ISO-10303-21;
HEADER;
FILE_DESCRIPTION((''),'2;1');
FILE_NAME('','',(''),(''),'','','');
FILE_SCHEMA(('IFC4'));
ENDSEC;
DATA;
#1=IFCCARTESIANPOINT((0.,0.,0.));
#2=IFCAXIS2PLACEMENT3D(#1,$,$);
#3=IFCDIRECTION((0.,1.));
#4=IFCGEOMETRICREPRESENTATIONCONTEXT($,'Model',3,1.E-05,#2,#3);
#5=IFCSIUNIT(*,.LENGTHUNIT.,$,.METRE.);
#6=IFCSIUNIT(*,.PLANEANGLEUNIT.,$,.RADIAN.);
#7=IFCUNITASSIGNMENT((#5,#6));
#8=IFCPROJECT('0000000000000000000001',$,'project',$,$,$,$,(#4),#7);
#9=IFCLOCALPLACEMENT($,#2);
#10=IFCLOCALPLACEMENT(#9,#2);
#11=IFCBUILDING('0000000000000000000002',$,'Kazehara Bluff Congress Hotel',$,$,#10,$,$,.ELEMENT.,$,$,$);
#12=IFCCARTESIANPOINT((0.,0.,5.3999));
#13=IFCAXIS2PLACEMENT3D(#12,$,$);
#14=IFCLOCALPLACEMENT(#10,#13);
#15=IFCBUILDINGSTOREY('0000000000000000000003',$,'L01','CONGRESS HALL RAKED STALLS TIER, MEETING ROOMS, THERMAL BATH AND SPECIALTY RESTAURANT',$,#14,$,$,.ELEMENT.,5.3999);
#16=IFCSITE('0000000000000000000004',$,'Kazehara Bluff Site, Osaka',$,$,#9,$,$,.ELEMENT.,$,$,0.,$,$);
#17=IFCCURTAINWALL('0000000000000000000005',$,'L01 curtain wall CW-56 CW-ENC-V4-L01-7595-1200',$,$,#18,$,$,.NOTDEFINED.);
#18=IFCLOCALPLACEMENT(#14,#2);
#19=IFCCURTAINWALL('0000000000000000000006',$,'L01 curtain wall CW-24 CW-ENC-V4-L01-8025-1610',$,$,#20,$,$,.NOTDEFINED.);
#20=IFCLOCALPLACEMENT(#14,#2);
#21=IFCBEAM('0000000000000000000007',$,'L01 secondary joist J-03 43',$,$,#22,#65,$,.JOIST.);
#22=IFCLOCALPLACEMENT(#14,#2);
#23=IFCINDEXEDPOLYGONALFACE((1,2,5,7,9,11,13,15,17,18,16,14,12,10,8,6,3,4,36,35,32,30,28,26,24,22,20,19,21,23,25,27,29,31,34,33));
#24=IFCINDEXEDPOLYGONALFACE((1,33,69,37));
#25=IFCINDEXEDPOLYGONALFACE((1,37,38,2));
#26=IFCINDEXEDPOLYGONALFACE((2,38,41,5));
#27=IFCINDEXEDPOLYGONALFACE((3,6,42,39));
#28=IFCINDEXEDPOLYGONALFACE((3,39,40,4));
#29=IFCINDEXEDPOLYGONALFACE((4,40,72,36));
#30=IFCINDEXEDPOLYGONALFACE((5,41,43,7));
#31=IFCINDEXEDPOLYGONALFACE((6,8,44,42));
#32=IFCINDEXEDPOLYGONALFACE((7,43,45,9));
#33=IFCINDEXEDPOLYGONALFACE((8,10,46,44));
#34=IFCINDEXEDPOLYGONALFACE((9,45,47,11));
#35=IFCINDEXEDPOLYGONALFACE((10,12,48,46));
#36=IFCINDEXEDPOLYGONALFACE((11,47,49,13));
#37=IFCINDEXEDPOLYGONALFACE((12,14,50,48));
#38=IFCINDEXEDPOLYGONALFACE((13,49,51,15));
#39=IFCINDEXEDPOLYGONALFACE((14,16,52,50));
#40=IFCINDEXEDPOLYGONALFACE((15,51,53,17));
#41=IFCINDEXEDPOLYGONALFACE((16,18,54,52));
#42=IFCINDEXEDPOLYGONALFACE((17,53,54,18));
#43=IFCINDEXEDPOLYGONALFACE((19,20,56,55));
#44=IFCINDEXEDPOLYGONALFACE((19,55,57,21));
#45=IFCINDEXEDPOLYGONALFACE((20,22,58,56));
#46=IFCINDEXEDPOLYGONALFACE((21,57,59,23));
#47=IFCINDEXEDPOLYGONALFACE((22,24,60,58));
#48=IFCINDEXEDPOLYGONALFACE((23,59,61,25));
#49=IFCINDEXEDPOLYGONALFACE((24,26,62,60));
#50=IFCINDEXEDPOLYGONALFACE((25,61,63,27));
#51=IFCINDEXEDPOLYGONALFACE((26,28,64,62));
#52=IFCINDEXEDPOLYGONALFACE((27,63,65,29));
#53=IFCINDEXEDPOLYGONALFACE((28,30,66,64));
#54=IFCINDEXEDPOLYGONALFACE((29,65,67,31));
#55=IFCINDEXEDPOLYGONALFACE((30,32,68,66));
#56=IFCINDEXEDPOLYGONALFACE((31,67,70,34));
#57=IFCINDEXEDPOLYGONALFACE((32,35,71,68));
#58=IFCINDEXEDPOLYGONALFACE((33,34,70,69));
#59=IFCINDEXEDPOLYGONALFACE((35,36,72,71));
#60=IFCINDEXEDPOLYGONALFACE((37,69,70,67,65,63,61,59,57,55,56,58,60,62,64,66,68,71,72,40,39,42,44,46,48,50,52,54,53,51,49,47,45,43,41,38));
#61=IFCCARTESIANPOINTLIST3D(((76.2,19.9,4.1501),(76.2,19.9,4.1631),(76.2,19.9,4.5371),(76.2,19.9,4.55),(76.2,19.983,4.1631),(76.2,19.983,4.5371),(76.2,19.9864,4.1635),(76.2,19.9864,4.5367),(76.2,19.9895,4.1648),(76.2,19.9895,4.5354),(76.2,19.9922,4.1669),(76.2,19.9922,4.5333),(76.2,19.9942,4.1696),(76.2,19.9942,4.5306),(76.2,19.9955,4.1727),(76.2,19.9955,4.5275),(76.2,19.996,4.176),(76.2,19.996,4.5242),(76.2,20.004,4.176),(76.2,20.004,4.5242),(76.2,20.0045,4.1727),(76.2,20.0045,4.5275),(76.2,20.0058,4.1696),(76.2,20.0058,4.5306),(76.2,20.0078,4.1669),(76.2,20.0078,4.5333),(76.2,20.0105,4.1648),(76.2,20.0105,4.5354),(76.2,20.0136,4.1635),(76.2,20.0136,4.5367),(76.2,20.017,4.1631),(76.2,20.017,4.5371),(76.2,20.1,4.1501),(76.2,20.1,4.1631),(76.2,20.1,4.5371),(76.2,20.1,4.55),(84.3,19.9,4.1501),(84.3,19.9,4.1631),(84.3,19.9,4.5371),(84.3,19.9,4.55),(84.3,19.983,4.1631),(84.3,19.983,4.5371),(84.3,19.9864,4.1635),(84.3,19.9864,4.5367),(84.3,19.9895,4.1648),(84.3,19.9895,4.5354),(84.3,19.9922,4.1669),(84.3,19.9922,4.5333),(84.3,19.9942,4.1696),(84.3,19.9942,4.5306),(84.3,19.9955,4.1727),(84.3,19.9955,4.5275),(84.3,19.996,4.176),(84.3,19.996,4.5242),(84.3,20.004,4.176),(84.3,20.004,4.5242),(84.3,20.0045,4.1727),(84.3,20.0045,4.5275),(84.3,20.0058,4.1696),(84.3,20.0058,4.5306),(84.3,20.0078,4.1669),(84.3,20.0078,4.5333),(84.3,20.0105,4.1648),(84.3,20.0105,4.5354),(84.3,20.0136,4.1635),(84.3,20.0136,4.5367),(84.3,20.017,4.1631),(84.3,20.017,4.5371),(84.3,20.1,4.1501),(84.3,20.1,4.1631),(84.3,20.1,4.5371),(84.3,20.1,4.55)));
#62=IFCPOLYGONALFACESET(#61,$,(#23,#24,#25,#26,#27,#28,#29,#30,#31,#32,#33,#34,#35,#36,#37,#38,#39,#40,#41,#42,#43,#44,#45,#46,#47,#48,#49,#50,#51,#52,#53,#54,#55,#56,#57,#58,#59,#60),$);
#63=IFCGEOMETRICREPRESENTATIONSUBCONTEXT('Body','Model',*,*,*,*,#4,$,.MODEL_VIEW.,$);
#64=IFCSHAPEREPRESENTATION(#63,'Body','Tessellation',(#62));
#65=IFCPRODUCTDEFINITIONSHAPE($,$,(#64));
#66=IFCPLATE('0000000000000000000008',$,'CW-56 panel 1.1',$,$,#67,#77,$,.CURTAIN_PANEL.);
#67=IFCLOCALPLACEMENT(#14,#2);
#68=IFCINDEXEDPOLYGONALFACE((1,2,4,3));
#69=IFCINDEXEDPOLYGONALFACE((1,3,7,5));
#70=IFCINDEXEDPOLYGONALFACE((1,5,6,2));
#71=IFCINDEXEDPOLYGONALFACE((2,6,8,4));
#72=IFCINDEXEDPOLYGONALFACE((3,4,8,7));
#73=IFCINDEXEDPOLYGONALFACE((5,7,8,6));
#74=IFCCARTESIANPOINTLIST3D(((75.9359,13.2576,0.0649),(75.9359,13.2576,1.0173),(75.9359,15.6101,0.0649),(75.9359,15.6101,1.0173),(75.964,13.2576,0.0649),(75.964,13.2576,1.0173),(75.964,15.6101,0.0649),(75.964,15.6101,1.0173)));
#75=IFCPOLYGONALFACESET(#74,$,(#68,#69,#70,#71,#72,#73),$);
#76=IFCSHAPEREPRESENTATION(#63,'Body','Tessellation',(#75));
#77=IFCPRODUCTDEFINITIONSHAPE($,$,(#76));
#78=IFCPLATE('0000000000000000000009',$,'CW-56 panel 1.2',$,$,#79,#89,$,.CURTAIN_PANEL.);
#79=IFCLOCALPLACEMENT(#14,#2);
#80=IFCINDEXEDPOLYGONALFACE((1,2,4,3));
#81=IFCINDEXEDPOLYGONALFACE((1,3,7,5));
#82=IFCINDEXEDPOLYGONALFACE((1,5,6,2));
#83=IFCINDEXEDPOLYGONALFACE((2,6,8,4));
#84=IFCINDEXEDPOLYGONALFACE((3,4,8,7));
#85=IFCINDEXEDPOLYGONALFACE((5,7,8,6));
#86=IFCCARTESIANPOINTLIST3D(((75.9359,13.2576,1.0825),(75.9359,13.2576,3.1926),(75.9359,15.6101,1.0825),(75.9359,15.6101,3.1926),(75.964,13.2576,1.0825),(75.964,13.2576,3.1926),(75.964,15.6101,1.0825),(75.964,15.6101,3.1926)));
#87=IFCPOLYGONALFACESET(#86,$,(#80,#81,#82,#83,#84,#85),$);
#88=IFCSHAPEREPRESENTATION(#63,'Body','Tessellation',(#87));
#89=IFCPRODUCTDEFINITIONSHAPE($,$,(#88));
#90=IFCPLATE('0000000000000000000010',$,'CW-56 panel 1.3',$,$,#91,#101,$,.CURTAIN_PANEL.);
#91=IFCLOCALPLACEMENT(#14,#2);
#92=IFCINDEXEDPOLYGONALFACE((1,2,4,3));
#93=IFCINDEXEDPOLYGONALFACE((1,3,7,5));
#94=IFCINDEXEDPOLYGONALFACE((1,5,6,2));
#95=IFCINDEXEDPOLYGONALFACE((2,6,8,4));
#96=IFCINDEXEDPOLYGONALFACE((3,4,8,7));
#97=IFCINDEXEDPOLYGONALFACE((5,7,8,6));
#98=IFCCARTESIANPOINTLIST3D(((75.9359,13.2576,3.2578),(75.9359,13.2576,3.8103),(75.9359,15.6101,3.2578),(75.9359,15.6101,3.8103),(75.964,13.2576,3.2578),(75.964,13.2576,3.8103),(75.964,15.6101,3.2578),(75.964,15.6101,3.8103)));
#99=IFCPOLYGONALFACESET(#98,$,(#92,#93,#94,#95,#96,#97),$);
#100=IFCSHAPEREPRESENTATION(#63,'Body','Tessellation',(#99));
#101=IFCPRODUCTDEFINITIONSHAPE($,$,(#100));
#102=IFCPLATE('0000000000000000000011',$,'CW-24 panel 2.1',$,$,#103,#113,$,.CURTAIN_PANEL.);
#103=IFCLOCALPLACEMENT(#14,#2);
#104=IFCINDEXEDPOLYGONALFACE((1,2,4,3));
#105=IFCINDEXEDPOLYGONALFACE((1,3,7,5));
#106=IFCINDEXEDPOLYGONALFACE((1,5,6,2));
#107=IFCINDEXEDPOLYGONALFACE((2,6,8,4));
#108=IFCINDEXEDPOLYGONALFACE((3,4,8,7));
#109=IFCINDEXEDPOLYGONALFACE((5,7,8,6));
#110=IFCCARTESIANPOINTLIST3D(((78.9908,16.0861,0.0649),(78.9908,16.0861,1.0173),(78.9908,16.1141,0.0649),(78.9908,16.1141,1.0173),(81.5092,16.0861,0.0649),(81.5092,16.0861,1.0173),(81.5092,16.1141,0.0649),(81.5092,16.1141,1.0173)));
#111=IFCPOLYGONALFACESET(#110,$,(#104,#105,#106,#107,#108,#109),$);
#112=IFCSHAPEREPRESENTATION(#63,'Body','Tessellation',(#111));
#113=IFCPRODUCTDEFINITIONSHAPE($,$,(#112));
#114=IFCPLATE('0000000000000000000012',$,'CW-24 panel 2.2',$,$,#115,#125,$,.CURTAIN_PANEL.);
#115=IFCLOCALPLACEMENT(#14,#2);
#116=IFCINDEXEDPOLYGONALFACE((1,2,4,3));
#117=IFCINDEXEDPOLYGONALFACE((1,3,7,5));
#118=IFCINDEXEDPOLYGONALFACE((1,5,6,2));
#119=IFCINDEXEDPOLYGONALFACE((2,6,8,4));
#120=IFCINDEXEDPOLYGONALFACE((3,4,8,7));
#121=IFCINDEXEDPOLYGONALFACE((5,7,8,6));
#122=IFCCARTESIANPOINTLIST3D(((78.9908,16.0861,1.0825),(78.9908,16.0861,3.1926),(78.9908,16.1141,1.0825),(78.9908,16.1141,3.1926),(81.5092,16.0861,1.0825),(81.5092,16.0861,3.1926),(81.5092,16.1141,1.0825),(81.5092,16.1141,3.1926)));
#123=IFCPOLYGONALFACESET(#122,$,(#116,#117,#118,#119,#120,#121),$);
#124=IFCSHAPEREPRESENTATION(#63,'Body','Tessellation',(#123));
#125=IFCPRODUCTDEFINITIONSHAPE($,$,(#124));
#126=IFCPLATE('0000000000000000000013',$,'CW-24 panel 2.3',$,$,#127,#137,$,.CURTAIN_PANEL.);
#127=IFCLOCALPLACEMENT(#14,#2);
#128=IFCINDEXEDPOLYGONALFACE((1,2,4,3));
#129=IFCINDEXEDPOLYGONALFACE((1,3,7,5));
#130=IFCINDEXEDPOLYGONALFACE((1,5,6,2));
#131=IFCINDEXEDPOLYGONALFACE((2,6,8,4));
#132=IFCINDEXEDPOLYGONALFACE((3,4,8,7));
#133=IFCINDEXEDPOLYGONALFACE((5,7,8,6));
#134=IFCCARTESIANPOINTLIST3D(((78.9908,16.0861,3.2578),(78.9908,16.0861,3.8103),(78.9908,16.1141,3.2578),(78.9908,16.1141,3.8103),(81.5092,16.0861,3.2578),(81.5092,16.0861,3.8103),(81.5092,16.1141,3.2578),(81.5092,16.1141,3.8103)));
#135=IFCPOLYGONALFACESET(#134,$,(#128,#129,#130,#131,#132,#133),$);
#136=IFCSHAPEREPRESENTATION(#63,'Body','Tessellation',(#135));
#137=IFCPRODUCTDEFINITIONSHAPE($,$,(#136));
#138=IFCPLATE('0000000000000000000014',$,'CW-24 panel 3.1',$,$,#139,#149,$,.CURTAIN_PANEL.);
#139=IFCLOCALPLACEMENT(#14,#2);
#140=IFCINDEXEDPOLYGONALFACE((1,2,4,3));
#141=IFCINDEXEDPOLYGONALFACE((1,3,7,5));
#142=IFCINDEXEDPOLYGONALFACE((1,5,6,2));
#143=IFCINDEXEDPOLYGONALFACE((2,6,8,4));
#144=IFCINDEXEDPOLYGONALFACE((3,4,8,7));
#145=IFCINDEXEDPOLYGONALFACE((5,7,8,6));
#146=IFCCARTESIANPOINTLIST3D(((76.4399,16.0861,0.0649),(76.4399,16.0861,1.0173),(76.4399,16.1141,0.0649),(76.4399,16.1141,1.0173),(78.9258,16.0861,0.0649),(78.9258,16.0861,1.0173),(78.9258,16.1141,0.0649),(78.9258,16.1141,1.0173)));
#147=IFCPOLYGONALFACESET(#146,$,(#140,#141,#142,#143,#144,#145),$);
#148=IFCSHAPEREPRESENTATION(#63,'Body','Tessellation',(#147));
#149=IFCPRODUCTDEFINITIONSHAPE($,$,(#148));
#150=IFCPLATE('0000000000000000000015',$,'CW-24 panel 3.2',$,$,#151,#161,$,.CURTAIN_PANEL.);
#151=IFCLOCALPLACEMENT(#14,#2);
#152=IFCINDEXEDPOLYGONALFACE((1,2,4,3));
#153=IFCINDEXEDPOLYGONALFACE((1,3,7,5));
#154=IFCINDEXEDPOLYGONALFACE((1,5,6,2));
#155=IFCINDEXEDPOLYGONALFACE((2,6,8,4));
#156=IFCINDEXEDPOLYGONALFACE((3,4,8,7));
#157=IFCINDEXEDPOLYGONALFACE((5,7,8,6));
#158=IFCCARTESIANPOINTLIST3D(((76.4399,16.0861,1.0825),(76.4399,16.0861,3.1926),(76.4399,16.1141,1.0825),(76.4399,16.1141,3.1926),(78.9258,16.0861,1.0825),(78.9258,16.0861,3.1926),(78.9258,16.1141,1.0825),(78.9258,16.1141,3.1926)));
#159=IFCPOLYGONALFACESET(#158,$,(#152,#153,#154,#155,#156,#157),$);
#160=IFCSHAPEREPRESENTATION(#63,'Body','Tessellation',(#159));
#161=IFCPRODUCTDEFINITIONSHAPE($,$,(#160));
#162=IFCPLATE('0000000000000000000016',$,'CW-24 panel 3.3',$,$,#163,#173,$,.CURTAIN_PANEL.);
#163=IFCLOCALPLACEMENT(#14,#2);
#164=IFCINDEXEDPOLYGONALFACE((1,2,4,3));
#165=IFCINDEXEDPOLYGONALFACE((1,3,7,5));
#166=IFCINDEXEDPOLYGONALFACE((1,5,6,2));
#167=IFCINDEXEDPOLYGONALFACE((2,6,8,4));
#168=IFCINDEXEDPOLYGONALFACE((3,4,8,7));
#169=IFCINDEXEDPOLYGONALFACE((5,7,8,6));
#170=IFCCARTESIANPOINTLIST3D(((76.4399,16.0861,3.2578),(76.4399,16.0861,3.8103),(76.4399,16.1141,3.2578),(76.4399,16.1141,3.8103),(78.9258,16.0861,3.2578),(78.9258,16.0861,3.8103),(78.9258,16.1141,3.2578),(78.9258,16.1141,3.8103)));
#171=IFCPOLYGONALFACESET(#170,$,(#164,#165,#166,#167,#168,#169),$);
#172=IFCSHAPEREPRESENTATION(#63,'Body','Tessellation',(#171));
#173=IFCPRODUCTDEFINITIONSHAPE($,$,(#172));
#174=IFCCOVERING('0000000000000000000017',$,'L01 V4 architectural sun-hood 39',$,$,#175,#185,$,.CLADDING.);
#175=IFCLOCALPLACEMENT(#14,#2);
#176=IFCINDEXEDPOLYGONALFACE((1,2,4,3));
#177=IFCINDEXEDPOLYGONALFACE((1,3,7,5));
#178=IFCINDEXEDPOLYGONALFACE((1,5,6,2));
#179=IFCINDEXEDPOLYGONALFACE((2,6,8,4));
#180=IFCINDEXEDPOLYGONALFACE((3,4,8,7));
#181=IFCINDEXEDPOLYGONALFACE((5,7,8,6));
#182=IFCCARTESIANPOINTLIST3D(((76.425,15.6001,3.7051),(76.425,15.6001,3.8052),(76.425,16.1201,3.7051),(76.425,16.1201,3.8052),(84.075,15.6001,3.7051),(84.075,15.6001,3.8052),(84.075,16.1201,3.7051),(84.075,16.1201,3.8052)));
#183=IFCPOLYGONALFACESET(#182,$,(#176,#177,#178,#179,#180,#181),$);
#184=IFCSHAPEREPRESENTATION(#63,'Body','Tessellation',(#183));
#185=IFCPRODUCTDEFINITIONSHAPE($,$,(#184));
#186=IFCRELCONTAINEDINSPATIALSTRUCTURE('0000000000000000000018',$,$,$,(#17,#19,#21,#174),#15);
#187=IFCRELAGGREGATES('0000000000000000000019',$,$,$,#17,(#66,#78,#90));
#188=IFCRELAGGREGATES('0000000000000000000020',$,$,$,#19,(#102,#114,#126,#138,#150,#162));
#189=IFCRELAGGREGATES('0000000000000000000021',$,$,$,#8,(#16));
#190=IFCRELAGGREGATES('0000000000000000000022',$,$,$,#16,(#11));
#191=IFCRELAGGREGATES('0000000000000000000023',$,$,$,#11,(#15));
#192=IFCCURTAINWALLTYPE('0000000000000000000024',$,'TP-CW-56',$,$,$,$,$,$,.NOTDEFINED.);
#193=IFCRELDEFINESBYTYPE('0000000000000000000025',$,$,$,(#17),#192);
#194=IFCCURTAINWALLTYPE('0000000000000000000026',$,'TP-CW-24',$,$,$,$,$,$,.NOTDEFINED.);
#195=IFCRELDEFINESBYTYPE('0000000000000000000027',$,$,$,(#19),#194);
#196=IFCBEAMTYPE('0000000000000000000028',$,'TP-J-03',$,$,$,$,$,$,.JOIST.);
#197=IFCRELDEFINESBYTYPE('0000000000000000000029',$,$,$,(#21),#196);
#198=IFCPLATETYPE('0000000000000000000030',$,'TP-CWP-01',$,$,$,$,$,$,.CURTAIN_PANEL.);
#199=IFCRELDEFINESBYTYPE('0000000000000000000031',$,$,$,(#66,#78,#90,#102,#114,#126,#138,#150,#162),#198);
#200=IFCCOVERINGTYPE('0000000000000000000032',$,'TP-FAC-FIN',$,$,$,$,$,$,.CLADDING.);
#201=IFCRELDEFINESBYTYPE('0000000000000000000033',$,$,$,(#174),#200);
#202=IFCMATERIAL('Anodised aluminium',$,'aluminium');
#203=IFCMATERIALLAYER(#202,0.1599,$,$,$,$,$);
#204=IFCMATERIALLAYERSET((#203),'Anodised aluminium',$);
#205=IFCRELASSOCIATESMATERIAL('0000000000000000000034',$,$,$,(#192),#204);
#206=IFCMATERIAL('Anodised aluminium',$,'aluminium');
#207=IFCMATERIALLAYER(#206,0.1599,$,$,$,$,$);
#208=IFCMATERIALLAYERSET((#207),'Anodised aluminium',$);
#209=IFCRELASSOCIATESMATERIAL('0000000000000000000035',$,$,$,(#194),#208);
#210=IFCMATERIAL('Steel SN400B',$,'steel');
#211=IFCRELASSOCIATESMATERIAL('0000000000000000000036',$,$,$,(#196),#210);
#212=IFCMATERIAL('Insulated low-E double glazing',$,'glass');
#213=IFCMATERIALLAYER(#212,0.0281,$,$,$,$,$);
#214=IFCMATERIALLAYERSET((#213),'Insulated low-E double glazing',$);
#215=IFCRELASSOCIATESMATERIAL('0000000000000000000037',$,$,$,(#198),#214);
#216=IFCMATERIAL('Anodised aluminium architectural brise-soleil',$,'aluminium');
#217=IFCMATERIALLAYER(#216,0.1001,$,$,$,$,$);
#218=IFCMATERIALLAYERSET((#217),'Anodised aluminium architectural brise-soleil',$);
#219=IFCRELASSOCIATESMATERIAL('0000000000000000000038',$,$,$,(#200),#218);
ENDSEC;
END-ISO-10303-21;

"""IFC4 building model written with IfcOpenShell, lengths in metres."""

from ifc_helpers import new_model, si_unit, direction, frame, origin, origin_2d, place, context, subcontext, project, spatial, rectangle, i_section, extrude, material, layer, layer_set, material_profile, profile_set, type_object, element, aggregate, save


model = new_model("IFC4")

# Units and contexts
model_context = context("Model", 3, precision=1e-05, world=origin(), true_north=direction((0.0, 1.0)))
body_context = subcontext(model_context, "Body", "Model", "MODEL_VIEW")
ifc_project = project(units=[si_unit("LENGTHUNIT", "METRE"), si_unit("PLANEANGLEUNIT", "RADIAN")], contexts=[model_context])

# Site, building, storey
site_placement = place(None, origin())
site = spatial("IfcSite", under=ifc_project, at=site_placement, Name="Kazehara Bluff Site, Osaka", CompositionType="ELEMENT", RefElevation=0.0)
building_placement = place(site_placement, origin())
building = spatial("IfcBuilding", under=site, at=building_placement, Name="Kazehara Bluff Congress Hotel", CompositionType="ELEMENT")
storey_placement = place(building_placement, frame((0.0, 0.0, 5.3999)))
storey = spatial("IfcBuildingStorey", under=building, at=storey_placement, Name="L01", Description="CONGRESS HALL RAKED STALLS TIER, MEETING ROOMS, THERMAL BATH AND SPECIALTY RESTAURANT", CompositionType="ELEMENT", Elevation=5.3999)

# Curtain walls
ifc_material_1 = material(Name="Anodised aluminium", Category="aluminium")
ifc_layer_1 = layer(ifc_material_1, 0.1599)
ifc_layer_set_1 = layer_set([ifc_layer_1], Name="Anodised aluminium")
curtain_wall_type_1 = type_object("IfcCurtainWallType", Name="TP-CW-56", PredefinedType="NOTDEFINED", material=ifc_layer_set_1)
curtain_wall_1_placement = place(storey_placement, origin())
curtain_wall_1 = element("IfcCurtainWall", 1, at=curtain_wall_1_placement, inside=storey, type_object=curtain_wall_type_1, Name="L01 curtain wall CW-56 CW-ENC-V4-L01-7595-1200", PredefinedType="NOTDEFINED")
ifc_material_2 = material(Name="Anodised aluminium", Category="aluminium")
ifc_layer_2 = layer(ifc_material_2, 0.1599)
ifc_layer_set_2 = layer_set([ifc_layer_2], Name="Anodised aluminium")
curtain_wall_type_2 = type_object("IfcCurtainWallType", Name="TP-CW-24", PredefinedType="NOTDEFINED", material=ifc_layer_set_2)
curtain_wall_2_placement = place(storey_placement, origin())
curtain_wall_2 = element("IfcCurtainWall", 2, at=curtain_wall_2_placement, inside=storey, type_object=curtain_wall_type_2, Name="L01 curtain wall CW-24 CW-ENC-V4-L01-8025-1610", PredefinedType="NOTDEFINED")

# Beam
ifc_material_3 = material(Name="Steel SN400B", Category="steel")
ifc_material_profile_1 = material_profile(ifc_material_3, i_section(OverallWidth=0.2, OverallDepth=0.3999, WebThickness=0.0081, FlangeThickness=0.0129, FilletRadius=0.0129, at=origin_2d()))
ifc_profile_set_1 = profile_set([ifc_material_profile_1], Name="Steel SN400B")
beam_type_1 = type_object("IfcBeamType", Name="TP-J-03", PredefinedType="JOIST", material=ifc_profile_set_1)
beam_1_placement = place(storey_placement, frame((76.2, 20.0, 4.3501), z_axis=(1.0, 0.0, 0.0), x_axis=(0.0, 1.0, 0.0)))
element("IfcBeam", 3, at=beam_1_placement, inside=storey, type_object=beam_type_1, Name="L01 secondary joist J-03 43", PredefinedType="JOIST", context=body_context, shape_type="SweptSolid", body=[
    extrude(i_section(OverallWidth=0.2, OverallDepth=0.3999, WebThickness=0.0081, FlangeThickness=0.0129, FilletRadius=0.0129, at=origin_2d()), origin(), (0.0, 0.0, 1.0), 8.1001),
])

# Plates
ifc_material_4 = material(Name="Insulated low-E double glazing", Category="glass")
ifc_layer_3 = layer(ifc_material_4, 0.0281)
ifc_layer_set_3 = layer_set([ifc_layer_3], Name="Insulated low-E double glazing")
plate_type = type_object("IfcPlateType", Name="TP-CWP-01", PredefinedType="CURTAIN_PANEL", material=ifc_layer_set_3)
plate_1_placement = place(storey_placement, frame((75.95, 14.4338, 0.0649), z_axis=(0.0, 0.0, 1.0), x_axis=(0.0, -1.0, 0.0)))
plate_1 = element("IfcPlate", 4, at=plate_1_placement, type_object=plate_type, Name="CW-56 panel 1.1", PredefinedType="CURTAIN_PANEL", context=body_context, shape_type="SweptSolid", body=[
    extrude(rectangle(XDim=2.3525, YDim=0.0281, at=origin_2d()), origin(), (0.0, 0.0, 1.0), 0.9524),
])
plate_2_placement = place(storey_placement, frame((75.95, 14.4338, 1.0825), z_axis=(0.0, 0.0, 1.0), x_axis=(0.0, -1.0, 0.0)))
plate_2 = element("IfcPlate", 5, at=plate_2_placement, type_object=plate_type, Name="CW-56 panel 1.2", PredefinedType="CURTAIN_PANEL", context=body_context, shape_type="SweptSolid", body=[
    extrude(rectangle(XDim=2.3525, YDim=0.0281, at=origin_2d()), origin(), (0.0, 0.0, 1.0), 2.1101),
])
plate_3_placement = place(storey_placement, frame((75.95, 14.4338, 3.2578), z_axis=(0.0, 0.0, 1.0), x_axis=(0.0, -1.0, 0.0)))
plate_3 = element("IfcPlate", 6, at=plate_3_placement, type_object=plate_type, Name="CW-56 panel 1.3", PredefinedType="CURTAIN_PANEL", context=body_context, shape_type="SweptSolid", body=[
    extrude(rectangle(XDim=2.3525, YDim=0.0281, at=origin_2d()), origin(), (0.0, 0.0, 1.0), 0.5525),
])
aggregate(curtain_wall_1, [plate_1, plate_2, plate_3])
plate_4_placement = place(storey_placement, frame((80.25, 16.1001, 0.0649), z_axis=(0.0, 0.0, 1.0), x_axis=(-1.0, 0.0, 0.0)))
plate_4 = element("IfcPlate", 7, at=plate_4_placement, type_object=plate_type, Name="CW-24 panel 2.1", PredefinedType="CURTAIN_PANEL", context=body_context, shape_type="SweptSolid", body=[
    extrude(rectangle(XDim=2.5183, YDim=0.0281, at=origin_2d()), origin(), (0.0, 0.0, 1.0), 0.9524),
])
plate_5_placement = place(storey_placement, frame((80.25, 16.1001, 1.0825), z_axis=(0.0, 0.0, 1.0), x_axis=(-1.0, 0.0, 0.0)))
plate_5 = element("IfcPlate", 8, at=plate_5_placement, type_object=plate_type, Name="CW-24 panel 2.2", PredefinedType="CURTAIN_PANEL", context=body_context, shape_type="SweptSolid", body=[
    extrude(rectangle(XDim=2.5183, YDim=0.0281, at=origin_2d()), origin(), (0.0, 0.0, 1.0), 2.1101),
])
plate_6_placement = place(storey_placement, frame((80.25, 16.1001, 3.2578), z_axis=(0.0, 0.0, 1.0), x_axis=(-1.0, 0.0, 0.0)))
plate_6 = element("IfcPlate", 9, at=plate_6_placement, type_object=plate_type, Name="CW-24 panel 2.3", PredefinedType="CURTAIN_PANEL", context=body_context, shape_type="SweptSolid", body=[
    extrude(rectangle(XDim=2.5183, YDim=0.0281, at=origin_2d()), origin(), (0.0, 0.0, 1.0), 0.5525),
])
plate_7_placement = place(storey_placement, frame((77.6829, 16.1001, 0.0649), z_axis=(0.0, 0.0, 1.0), x_axis=(-1.0, 0.0, 0.0)))
plate_7 = element("IfcPlate", 10, at=plate_7_placement, type_object=plate_type, Name="CW-24 panel 3.1", PredefinedType="CURTAIN_PANEL", context=body_context, shape_type="SweptSolid", body=[
    extrude(rectangle(XDim=2.4858, YDim=0.0281, at=origin_2d()), origin(), (0.0, 0.0, 1.0), 0.9524),
])
plate_8_placement = place(storey_placement, frame((77.6829, 16.1001, 1.0825), z_axis=(0.0, 0.0, 1.0), x_axis=(-1.0, 0.0, 0.0)))
plate_8 = element("IfcPlate", 11, at=plate_8_placement, type_object=plate_type, Name="CW-24 panel 3.2", PredefinedType="CURTAIN_PANEL", context=body_context, shape_type="SweptSolid", body=[
    extrude(rectangle(XDim=2.4858, YDim=0.0281, at=origin_2d()), origin(), (0.0, 0.0, 1.0), 2.1101),
])
plate_9_placement = place(storey_placement, frame((77.6829, 16.1001, 3.2578), z_axis=(0.0, 0.0, 1.0), x_axis=(-1.0, 0.0, 0.0)))
plate_9 = element("IfcPlate", 12, at=plate_9_placement, type_object=plate_type, Name="CW-24 panel 3.3", PredefinedType="CURTAIN_PANEL", context=body_context, shape_type="SweptSolid", body=[
    extrude(rectangle(XDim=2.4858, YDim=0.0281, at=origin_2d()), origin(), (0.0, 0.0, 1.0), 0.5525),
])
aggregate(curtain_wall_2, [plate_4, plate_5, plate_6, plate_7, plate_8, plate_9])

# Covering
ifc_material_5 = material(Name="Anodised aluminium architectural brise-soleil", Category="aluminium")
ifc_layer_4 = layer(ifc_material_5, 0.1001)
ifc_layer_set_4 = layer_set([ifc_layer_4], Name="Anodised aluminium architectural brise-soleil")
covering_type = type_object("IfcCoveringType", Name="TP-FAC-FIN", PredefinedType="CLADDING", material=ifc_layer_set_4)
covering_placement = place(storey_placement, frame((80.25, 15.8601, 3.7051), z_axis=(0.0, 0.0, 1.0), x_axis=(1.0, 0.0, 0.0)))
element("IfcCovering", 13, at=covering_placement, inside=storey, type_object=covering_type, Name="L01 V4 architectural sun-hood 39", PredefinedType="CLADDING", context=body_context, shape_type="SweptSolid", body=[
    extrude(rectangle(XDim=7.6499, YDim=0.52, at=origin_2d()), origin(), (0.0, 0.0, 1.0), 0.1001),
])

save(model, "model.ifc")
